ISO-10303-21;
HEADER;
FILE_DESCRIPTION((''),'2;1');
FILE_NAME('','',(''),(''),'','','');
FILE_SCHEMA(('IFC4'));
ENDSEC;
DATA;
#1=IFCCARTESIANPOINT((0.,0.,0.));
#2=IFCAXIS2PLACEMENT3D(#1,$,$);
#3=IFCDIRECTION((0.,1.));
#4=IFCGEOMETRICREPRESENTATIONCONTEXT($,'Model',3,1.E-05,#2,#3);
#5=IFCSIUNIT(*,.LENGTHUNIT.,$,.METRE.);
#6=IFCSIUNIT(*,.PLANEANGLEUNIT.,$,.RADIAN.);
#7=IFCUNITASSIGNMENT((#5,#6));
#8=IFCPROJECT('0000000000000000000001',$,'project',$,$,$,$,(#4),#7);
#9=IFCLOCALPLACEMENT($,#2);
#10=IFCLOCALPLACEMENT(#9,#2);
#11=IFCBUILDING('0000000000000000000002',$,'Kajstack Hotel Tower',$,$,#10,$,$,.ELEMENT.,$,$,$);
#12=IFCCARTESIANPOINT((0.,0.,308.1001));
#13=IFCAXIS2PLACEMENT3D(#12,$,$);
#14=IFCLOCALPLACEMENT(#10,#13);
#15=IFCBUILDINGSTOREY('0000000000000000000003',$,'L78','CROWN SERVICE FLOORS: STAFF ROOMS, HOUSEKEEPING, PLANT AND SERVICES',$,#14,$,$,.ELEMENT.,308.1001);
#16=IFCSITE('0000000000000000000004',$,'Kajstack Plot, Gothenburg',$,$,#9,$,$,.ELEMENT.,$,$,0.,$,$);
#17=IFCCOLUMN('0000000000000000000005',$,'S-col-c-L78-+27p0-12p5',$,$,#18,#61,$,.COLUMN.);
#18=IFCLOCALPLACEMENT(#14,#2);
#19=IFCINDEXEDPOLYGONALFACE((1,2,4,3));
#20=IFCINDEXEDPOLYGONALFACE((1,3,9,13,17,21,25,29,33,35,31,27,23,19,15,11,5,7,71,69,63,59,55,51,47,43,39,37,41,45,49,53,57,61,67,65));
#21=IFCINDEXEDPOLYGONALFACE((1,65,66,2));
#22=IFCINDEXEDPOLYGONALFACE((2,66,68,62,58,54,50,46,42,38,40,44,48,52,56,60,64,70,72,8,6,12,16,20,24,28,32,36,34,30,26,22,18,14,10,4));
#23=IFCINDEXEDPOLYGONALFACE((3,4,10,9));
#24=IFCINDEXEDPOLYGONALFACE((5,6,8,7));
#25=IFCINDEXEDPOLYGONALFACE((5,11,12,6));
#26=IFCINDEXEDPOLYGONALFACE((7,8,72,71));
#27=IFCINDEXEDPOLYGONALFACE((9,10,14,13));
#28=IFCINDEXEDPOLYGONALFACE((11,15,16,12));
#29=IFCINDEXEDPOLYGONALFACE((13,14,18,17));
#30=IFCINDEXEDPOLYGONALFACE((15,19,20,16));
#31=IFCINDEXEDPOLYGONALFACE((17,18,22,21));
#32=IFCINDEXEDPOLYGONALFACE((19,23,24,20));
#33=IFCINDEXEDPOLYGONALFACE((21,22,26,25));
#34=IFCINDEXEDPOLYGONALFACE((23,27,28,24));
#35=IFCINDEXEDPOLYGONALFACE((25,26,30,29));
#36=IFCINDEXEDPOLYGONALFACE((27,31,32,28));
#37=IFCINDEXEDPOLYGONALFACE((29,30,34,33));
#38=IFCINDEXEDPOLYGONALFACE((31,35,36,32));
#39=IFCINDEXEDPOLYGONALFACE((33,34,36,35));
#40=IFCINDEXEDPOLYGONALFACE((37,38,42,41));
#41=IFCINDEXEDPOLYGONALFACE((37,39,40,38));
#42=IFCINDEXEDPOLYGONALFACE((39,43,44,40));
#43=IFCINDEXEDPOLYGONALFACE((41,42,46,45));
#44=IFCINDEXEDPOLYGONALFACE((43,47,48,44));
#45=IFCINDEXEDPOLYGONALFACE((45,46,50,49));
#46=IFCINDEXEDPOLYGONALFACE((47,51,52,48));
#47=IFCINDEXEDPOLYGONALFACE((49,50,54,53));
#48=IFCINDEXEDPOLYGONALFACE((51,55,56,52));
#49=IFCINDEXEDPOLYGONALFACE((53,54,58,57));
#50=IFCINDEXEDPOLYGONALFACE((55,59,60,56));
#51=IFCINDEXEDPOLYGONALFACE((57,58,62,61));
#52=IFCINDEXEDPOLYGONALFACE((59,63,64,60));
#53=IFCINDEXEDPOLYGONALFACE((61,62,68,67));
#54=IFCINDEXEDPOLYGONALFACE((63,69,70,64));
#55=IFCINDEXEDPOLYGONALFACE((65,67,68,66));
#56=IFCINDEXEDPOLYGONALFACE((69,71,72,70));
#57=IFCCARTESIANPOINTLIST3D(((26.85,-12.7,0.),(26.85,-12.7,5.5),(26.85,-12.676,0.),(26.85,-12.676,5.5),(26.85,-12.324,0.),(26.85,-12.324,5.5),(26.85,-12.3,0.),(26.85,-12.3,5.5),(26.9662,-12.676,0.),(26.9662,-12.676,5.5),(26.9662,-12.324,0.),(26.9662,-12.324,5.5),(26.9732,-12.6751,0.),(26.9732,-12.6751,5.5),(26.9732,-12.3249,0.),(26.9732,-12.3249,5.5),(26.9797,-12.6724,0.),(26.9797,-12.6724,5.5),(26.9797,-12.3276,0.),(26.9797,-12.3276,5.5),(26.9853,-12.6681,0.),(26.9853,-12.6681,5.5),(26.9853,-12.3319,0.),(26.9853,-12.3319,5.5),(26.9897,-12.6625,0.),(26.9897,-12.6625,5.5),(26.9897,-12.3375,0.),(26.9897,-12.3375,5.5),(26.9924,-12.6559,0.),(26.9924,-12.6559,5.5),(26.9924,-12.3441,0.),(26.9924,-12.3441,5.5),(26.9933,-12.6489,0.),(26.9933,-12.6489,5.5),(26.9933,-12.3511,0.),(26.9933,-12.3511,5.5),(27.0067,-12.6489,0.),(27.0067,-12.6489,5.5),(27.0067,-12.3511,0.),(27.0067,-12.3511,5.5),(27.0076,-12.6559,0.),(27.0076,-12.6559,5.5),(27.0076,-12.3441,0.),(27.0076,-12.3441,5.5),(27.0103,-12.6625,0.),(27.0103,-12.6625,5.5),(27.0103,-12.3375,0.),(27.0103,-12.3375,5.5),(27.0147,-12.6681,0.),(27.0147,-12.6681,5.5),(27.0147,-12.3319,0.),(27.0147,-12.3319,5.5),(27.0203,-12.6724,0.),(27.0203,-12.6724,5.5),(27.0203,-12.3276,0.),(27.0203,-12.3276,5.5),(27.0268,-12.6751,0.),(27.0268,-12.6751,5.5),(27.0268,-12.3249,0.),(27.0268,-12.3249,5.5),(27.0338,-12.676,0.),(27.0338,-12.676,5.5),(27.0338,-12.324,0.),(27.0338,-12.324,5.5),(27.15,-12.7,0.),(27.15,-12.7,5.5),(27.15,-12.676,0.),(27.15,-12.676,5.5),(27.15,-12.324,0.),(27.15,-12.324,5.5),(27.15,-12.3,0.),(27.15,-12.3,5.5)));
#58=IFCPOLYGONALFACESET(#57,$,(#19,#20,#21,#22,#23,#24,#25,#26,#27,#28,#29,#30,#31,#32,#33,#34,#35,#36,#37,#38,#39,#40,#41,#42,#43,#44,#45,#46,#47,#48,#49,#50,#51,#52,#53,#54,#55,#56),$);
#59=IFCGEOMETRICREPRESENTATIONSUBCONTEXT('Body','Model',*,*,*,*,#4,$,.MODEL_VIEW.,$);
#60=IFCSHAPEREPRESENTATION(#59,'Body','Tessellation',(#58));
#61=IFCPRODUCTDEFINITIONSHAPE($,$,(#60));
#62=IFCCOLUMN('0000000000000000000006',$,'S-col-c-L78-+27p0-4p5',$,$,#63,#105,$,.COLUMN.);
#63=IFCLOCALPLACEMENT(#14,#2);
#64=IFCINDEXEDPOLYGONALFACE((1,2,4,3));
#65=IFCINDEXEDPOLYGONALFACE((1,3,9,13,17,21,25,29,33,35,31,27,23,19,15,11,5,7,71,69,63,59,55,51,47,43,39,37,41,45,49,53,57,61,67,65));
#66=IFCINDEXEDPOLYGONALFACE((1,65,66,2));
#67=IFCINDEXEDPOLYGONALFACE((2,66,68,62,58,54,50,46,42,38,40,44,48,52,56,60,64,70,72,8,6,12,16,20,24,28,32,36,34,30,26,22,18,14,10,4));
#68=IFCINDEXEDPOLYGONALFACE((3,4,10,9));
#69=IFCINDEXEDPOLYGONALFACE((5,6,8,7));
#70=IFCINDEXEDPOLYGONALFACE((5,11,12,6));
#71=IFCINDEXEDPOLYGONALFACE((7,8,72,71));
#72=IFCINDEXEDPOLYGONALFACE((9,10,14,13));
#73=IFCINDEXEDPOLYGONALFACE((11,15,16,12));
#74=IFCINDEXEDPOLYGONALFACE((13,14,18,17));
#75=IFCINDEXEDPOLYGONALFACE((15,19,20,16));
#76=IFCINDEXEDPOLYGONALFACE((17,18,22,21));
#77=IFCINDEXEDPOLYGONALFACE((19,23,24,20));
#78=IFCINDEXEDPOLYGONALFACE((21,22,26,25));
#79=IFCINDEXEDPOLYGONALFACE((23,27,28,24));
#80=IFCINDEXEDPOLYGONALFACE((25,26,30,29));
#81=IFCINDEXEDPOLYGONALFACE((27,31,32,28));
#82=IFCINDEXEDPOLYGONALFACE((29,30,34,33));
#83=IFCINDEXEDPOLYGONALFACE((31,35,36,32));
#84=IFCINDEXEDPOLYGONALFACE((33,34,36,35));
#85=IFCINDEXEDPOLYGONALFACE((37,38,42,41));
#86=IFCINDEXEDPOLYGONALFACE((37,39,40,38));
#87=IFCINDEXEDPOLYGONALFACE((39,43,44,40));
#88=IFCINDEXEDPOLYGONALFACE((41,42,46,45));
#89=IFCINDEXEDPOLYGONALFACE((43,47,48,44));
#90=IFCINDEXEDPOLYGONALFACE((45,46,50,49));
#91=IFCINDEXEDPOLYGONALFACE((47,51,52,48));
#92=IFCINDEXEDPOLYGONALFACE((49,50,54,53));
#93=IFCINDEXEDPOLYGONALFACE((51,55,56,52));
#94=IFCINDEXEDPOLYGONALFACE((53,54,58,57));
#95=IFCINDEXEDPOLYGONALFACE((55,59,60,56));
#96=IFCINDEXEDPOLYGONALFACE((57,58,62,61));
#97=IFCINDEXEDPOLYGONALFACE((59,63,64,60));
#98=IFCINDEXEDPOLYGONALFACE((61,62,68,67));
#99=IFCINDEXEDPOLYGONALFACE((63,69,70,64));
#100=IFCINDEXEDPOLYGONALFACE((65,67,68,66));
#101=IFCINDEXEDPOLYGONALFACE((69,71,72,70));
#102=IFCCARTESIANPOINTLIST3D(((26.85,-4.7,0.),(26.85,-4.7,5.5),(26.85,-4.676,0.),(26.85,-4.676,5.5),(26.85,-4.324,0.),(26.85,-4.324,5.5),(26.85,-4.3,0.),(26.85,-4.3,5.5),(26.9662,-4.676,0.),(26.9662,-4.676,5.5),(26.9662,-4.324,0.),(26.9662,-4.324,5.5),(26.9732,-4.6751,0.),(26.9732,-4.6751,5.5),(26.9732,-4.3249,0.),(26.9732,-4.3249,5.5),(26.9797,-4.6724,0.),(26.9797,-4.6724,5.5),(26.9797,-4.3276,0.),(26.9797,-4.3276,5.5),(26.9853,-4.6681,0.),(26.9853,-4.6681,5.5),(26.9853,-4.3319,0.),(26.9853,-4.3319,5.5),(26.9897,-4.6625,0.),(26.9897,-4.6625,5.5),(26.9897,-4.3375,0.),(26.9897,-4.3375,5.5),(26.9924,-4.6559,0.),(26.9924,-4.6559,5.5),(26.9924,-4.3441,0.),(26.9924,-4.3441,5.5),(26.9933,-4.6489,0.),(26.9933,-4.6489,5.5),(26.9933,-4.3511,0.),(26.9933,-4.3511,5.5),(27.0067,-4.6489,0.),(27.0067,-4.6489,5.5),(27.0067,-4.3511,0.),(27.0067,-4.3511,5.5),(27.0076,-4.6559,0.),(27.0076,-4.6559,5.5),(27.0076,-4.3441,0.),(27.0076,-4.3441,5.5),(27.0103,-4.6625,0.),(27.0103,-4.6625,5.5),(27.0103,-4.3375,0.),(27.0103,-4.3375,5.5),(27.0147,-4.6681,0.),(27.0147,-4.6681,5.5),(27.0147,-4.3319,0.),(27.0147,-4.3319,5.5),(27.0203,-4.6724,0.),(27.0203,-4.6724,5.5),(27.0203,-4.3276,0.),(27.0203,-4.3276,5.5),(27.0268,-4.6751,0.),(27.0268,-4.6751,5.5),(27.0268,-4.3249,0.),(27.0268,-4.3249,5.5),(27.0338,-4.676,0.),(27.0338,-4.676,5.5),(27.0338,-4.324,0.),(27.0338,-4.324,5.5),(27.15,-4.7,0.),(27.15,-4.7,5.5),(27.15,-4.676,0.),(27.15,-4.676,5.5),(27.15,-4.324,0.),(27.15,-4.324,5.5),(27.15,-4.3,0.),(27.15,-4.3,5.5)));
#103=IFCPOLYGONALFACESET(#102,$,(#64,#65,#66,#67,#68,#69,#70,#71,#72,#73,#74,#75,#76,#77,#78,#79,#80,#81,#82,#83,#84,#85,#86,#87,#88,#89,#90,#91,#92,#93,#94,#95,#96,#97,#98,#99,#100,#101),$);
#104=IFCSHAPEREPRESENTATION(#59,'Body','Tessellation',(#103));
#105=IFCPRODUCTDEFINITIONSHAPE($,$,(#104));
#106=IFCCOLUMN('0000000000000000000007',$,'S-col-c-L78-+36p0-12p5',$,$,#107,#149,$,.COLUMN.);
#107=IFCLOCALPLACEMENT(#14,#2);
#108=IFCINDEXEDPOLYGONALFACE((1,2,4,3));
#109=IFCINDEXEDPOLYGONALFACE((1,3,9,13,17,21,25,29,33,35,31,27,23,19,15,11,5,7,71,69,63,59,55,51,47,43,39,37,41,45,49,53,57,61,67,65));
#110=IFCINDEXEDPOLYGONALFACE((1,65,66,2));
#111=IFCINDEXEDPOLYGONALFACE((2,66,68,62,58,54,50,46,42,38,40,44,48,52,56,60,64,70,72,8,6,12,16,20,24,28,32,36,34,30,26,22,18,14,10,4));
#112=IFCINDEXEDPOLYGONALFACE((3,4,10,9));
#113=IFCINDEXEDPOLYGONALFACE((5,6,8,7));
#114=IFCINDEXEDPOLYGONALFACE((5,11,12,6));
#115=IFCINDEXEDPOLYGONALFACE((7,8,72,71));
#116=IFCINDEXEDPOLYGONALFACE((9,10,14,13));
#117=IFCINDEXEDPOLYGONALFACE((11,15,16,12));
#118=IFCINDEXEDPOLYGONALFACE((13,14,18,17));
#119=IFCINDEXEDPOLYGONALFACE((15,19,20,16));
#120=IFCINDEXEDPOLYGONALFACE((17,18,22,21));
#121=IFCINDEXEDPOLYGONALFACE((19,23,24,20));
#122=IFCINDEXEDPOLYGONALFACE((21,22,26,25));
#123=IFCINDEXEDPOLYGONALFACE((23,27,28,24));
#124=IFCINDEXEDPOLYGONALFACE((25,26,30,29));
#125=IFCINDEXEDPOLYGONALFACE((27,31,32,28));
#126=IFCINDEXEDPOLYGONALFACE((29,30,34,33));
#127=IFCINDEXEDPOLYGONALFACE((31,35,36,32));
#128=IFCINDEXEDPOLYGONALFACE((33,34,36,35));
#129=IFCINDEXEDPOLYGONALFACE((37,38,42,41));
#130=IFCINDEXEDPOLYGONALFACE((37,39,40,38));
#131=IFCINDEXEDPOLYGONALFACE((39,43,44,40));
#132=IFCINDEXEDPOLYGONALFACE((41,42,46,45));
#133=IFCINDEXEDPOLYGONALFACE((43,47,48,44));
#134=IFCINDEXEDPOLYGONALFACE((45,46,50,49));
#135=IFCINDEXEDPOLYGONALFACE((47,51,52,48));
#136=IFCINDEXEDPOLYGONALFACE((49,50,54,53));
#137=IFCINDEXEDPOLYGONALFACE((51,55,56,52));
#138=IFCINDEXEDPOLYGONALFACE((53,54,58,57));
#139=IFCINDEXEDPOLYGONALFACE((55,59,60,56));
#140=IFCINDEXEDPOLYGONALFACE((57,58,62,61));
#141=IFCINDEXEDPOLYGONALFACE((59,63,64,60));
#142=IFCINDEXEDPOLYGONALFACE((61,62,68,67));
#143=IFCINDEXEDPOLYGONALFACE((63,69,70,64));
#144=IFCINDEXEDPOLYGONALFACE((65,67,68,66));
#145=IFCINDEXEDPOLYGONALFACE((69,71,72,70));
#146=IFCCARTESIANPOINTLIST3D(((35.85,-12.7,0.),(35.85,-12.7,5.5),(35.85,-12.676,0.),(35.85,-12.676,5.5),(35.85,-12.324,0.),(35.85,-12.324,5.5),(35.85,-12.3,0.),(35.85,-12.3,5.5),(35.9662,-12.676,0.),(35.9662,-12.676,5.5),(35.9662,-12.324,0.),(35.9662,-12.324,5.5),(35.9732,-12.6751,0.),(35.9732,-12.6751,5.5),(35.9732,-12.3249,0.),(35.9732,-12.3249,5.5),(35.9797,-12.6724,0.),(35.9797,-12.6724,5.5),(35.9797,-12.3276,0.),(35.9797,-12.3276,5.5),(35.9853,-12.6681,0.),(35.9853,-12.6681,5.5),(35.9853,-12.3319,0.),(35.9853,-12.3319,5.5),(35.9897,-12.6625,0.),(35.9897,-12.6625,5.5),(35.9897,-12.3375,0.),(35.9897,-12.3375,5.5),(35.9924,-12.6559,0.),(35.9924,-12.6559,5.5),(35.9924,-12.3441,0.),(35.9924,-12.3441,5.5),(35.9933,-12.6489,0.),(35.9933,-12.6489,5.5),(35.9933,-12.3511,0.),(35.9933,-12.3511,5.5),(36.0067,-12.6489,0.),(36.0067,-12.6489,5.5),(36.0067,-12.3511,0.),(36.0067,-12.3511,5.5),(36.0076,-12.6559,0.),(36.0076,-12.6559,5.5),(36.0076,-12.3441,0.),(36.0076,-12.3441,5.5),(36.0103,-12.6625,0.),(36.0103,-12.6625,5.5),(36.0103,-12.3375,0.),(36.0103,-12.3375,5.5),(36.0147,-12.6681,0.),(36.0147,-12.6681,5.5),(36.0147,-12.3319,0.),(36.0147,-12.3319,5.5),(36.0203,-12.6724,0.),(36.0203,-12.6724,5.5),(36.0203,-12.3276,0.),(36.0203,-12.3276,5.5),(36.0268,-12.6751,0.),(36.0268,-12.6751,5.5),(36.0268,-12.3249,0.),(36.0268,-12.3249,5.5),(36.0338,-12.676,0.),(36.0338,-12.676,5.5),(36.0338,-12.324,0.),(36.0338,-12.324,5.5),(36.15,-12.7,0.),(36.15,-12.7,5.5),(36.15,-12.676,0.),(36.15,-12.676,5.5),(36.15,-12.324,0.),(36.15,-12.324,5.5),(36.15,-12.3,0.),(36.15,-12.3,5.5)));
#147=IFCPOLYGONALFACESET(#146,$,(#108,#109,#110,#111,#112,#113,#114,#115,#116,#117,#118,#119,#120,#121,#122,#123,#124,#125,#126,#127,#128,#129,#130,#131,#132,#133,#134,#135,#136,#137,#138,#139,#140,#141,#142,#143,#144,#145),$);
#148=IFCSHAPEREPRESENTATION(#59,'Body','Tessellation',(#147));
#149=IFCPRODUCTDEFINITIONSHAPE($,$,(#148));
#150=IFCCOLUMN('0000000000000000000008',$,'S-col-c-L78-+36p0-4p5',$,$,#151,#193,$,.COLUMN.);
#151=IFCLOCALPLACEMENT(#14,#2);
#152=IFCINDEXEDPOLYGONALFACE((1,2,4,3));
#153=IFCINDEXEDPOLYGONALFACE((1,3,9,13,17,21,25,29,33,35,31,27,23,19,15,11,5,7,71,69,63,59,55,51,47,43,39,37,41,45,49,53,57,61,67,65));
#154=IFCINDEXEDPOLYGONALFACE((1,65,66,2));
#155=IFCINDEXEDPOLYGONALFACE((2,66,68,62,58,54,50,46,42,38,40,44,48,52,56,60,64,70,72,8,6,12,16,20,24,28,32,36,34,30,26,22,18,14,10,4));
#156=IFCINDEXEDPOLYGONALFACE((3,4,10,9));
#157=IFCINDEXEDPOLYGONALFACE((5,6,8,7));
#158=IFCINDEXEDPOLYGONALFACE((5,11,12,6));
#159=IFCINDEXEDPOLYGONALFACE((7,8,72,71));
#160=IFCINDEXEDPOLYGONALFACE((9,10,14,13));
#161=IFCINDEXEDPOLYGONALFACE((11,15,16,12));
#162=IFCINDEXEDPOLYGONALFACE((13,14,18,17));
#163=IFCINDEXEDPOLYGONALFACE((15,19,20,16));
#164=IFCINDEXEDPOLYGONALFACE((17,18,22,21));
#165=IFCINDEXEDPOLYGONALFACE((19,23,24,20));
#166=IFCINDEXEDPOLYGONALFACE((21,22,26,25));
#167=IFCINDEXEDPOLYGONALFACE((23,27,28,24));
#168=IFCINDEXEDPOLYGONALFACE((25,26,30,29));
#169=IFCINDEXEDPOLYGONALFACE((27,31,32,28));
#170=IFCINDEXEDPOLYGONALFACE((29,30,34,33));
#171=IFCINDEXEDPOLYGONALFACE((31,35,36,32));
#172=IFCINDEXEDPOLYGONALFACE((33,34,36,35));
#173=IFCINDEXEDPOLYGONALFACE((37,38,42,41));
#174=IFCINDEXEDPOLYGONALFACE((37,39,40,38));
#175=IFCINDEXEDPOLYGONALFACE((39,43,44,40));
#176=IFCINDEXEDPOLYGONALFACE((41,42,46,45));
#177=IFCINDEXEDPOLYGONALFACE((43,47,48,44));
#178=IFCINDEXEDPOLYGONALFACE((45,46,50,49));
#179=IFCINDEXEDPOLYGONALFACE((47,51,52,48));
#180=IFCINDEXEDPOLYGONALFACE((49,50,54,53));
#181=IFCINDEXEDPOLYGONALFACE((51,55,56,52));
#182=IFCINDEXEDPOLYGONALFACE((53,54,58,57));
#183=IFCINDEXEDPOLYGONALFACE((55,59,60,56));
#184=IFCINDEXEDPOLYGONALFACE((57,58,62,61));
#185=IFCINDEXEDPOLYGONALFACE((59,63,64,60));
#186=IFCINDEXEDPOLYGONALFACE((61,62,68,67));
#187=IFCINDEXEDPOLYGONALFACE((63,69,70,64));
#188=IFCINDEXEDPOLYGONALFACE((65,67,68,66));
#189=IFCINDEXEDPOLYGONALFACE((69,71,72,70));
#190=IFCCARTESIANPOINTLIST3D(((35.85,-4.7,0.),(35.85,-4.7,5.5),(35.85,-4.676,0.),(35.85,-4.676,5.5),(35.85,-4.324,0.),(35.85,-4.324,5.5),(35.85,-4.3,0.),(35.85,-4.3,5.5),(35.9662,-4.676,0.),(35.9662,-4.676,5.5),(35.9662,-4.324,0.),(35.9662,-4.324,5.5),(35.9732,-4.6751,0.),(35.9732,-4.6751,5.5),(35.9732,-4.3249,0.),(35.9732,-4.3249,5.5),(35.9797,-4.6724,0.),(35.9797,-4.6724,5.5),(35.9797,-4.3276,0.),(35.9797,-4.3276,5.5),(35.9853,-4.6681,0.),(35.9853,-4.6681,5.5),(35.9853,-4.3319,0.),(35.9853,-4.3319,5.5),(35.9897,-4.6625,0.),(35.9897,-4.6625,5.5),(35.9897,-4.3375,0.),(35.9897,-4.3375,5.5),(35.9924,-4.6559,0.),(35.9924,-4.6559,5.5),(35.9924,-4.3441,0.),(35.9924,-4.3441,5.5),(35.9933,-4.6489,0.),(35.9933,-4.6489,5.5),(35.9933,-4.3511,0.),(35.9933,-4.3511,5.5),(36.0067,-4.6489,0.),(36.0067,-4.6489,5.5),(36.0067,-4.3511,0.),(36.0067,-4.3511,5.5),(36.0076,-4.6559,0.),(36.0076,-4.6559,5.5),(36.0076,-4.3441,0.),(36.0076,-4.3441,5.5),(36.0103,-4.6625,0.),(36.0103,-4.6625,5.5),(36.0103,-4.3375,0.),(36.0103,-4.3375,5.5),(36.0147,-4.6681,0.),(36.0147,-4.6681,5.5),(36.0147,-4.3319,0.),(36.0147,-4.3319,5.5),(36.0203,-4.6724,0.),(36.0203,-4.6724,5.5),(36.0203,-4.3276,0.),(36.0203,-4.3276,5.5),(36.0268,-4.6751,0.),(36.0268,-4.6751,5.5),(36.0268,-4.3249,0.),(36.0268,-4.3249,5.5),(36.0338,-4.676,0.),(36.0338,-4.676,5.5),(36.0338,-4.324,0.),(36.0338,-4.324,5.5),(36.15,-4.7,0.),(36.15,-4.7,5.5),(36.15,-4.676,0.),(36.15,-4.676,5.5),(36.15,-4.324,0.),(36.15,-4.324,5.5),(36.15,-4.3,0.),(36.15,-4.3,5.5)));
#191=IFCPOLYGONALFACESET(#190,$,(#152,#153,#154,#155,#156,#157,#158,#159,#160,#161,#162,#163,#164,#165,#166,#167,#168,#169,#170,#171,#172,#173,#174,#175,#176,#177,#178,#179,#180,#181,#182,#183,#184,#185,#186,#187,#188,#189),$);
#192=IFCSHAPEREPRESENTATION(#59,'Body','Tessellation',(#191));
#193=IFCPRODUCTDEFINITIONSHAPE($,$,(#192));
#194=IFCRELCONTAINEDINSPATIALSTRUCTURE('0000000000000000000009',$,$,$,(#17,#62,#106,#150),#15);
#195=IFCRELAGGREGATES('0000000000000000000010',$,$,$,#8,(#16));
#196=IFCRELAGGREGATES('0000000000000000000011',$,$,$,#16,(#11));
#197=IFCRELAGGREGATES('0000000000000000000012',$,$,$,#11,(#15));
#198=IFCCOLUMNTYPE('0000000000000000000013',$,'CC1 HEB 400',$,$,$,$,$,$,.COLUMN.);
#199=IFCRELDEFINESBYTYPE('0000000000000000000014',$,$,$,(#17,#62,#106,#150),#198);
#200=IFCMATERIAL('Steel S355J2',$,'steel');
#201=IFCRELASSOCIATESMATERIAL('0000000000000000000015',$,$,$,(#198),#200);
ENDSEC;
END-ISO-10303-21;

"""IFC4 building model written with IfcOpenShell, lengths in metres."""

from ifc_helpers import new_model, si_unit, direction, frame, origin, origin_2d, place, context, subcontext, project, spatial, i_section, extrude, material, material_profile, profile_set, type_object, element, save


model = new_model("IFC4")

# Units and contexts
model_context = context("Model", 3, precision=1e-05, world=origin(), true_north=direction((0.0, 1.0)))
body_context = subcontext(model_context, "Body", "Model", "MODEL_VIEW")
ifc_project = project(units=[si_unit("LENGTHUNIT", "METRE"), si_unit("PLANEANGLEUNIT", "RADIAN")], contexts=[model_context])

# Site, building, storey
site_placement = place(None, origin())
site = spatial("IfcSite", under=ifc_project, at=site_placement, Name="Kajstack Plot, Gothenburg", CompositionType="ELEMENT", RefElevation=0.0)
building_placement = place(site_placement, origin())
building = spatial("IfcBuilding", under=site, at=building_placement, Name="Kajstack Hotel Tower", CompositionType="ELEMENT")
storey_placement = place(building_placement, frame((0.0, 0.0, 308.1001)))
storey = spatial("IfcBuildingStorey", under=building, at=storey_placement, Name="L78", Description="CROWN SERVICE FLOORS: STAFF ROOMS, HOUSEKEEPING, PLANT AND SERVICES", CompositionType="ELEMENT", Elevation=308.1001)

# Columns
ifc_material_1 = material(Name="Steel S355J2", Category="steel")
ifc_material_profile_1 = material_profile(ifc_material_1, i_section(OverallWidth=0.3, OverallDepth=0.3999, WebThickness=0.0134, FlangeThickness=0.0239, FilletRadius=0.0271, at=origin_2d()), Name="HEB 400")
ifc_profile_set_1 = profile_set([ifc_material_profile_1], Name="Steel S355J2")
column_type = type_object("IfcColumnType", Name="CC1 HEB 400", PredefinedType="COLUMN", material=ifc_profile_set_1)
for number, where, z_axis, x_axis, name in (
    (1, (27.0, -12.5, 0.0), (0.0, 0.0, 1.0), (1.0, 0.0, 0.0), "S-col-c-L78-+27p0-12p5"),
    (2, (27.0, -4.5, 0.0), (0.0, 0.0, 1.0), (1.0, 0.0, 0.0), "S-col-c-L78-+27p0-4p5"),
    (3, (36.0, -12.5, 0.0), (0.0, 0.0, 1.0), (1.0, 0.0, 0.0), "S-col-c-L78-+36p0-12p5"),
    (4, (36.0, -4.5, 0.0), (0.0, 0.0, 1.0), (1.0, 0.0, 0.0), "S-col-c-L78-+36p0-4p5"),
):
    element("IfcColumn", number, at=place(storey_placement, frame(where, z_axis=z_axis, x_axis=x_axis)), inside=storey, type_object=column_type, Name=name, PredefinedType="COLUMN", context=body_context, shape_type="SweptSolid", body=[
        extrude(i_section(OverallWidth=0.3, OverallDepth=0.3999, WebThickness=0.0134, FlangeThickness=0.0239, FilletRadius=0.0271, at=origin_2d()), origin(), (0.0, 0.0, 1.0), 5.5),
    ])

save(model, "model.ifc")
